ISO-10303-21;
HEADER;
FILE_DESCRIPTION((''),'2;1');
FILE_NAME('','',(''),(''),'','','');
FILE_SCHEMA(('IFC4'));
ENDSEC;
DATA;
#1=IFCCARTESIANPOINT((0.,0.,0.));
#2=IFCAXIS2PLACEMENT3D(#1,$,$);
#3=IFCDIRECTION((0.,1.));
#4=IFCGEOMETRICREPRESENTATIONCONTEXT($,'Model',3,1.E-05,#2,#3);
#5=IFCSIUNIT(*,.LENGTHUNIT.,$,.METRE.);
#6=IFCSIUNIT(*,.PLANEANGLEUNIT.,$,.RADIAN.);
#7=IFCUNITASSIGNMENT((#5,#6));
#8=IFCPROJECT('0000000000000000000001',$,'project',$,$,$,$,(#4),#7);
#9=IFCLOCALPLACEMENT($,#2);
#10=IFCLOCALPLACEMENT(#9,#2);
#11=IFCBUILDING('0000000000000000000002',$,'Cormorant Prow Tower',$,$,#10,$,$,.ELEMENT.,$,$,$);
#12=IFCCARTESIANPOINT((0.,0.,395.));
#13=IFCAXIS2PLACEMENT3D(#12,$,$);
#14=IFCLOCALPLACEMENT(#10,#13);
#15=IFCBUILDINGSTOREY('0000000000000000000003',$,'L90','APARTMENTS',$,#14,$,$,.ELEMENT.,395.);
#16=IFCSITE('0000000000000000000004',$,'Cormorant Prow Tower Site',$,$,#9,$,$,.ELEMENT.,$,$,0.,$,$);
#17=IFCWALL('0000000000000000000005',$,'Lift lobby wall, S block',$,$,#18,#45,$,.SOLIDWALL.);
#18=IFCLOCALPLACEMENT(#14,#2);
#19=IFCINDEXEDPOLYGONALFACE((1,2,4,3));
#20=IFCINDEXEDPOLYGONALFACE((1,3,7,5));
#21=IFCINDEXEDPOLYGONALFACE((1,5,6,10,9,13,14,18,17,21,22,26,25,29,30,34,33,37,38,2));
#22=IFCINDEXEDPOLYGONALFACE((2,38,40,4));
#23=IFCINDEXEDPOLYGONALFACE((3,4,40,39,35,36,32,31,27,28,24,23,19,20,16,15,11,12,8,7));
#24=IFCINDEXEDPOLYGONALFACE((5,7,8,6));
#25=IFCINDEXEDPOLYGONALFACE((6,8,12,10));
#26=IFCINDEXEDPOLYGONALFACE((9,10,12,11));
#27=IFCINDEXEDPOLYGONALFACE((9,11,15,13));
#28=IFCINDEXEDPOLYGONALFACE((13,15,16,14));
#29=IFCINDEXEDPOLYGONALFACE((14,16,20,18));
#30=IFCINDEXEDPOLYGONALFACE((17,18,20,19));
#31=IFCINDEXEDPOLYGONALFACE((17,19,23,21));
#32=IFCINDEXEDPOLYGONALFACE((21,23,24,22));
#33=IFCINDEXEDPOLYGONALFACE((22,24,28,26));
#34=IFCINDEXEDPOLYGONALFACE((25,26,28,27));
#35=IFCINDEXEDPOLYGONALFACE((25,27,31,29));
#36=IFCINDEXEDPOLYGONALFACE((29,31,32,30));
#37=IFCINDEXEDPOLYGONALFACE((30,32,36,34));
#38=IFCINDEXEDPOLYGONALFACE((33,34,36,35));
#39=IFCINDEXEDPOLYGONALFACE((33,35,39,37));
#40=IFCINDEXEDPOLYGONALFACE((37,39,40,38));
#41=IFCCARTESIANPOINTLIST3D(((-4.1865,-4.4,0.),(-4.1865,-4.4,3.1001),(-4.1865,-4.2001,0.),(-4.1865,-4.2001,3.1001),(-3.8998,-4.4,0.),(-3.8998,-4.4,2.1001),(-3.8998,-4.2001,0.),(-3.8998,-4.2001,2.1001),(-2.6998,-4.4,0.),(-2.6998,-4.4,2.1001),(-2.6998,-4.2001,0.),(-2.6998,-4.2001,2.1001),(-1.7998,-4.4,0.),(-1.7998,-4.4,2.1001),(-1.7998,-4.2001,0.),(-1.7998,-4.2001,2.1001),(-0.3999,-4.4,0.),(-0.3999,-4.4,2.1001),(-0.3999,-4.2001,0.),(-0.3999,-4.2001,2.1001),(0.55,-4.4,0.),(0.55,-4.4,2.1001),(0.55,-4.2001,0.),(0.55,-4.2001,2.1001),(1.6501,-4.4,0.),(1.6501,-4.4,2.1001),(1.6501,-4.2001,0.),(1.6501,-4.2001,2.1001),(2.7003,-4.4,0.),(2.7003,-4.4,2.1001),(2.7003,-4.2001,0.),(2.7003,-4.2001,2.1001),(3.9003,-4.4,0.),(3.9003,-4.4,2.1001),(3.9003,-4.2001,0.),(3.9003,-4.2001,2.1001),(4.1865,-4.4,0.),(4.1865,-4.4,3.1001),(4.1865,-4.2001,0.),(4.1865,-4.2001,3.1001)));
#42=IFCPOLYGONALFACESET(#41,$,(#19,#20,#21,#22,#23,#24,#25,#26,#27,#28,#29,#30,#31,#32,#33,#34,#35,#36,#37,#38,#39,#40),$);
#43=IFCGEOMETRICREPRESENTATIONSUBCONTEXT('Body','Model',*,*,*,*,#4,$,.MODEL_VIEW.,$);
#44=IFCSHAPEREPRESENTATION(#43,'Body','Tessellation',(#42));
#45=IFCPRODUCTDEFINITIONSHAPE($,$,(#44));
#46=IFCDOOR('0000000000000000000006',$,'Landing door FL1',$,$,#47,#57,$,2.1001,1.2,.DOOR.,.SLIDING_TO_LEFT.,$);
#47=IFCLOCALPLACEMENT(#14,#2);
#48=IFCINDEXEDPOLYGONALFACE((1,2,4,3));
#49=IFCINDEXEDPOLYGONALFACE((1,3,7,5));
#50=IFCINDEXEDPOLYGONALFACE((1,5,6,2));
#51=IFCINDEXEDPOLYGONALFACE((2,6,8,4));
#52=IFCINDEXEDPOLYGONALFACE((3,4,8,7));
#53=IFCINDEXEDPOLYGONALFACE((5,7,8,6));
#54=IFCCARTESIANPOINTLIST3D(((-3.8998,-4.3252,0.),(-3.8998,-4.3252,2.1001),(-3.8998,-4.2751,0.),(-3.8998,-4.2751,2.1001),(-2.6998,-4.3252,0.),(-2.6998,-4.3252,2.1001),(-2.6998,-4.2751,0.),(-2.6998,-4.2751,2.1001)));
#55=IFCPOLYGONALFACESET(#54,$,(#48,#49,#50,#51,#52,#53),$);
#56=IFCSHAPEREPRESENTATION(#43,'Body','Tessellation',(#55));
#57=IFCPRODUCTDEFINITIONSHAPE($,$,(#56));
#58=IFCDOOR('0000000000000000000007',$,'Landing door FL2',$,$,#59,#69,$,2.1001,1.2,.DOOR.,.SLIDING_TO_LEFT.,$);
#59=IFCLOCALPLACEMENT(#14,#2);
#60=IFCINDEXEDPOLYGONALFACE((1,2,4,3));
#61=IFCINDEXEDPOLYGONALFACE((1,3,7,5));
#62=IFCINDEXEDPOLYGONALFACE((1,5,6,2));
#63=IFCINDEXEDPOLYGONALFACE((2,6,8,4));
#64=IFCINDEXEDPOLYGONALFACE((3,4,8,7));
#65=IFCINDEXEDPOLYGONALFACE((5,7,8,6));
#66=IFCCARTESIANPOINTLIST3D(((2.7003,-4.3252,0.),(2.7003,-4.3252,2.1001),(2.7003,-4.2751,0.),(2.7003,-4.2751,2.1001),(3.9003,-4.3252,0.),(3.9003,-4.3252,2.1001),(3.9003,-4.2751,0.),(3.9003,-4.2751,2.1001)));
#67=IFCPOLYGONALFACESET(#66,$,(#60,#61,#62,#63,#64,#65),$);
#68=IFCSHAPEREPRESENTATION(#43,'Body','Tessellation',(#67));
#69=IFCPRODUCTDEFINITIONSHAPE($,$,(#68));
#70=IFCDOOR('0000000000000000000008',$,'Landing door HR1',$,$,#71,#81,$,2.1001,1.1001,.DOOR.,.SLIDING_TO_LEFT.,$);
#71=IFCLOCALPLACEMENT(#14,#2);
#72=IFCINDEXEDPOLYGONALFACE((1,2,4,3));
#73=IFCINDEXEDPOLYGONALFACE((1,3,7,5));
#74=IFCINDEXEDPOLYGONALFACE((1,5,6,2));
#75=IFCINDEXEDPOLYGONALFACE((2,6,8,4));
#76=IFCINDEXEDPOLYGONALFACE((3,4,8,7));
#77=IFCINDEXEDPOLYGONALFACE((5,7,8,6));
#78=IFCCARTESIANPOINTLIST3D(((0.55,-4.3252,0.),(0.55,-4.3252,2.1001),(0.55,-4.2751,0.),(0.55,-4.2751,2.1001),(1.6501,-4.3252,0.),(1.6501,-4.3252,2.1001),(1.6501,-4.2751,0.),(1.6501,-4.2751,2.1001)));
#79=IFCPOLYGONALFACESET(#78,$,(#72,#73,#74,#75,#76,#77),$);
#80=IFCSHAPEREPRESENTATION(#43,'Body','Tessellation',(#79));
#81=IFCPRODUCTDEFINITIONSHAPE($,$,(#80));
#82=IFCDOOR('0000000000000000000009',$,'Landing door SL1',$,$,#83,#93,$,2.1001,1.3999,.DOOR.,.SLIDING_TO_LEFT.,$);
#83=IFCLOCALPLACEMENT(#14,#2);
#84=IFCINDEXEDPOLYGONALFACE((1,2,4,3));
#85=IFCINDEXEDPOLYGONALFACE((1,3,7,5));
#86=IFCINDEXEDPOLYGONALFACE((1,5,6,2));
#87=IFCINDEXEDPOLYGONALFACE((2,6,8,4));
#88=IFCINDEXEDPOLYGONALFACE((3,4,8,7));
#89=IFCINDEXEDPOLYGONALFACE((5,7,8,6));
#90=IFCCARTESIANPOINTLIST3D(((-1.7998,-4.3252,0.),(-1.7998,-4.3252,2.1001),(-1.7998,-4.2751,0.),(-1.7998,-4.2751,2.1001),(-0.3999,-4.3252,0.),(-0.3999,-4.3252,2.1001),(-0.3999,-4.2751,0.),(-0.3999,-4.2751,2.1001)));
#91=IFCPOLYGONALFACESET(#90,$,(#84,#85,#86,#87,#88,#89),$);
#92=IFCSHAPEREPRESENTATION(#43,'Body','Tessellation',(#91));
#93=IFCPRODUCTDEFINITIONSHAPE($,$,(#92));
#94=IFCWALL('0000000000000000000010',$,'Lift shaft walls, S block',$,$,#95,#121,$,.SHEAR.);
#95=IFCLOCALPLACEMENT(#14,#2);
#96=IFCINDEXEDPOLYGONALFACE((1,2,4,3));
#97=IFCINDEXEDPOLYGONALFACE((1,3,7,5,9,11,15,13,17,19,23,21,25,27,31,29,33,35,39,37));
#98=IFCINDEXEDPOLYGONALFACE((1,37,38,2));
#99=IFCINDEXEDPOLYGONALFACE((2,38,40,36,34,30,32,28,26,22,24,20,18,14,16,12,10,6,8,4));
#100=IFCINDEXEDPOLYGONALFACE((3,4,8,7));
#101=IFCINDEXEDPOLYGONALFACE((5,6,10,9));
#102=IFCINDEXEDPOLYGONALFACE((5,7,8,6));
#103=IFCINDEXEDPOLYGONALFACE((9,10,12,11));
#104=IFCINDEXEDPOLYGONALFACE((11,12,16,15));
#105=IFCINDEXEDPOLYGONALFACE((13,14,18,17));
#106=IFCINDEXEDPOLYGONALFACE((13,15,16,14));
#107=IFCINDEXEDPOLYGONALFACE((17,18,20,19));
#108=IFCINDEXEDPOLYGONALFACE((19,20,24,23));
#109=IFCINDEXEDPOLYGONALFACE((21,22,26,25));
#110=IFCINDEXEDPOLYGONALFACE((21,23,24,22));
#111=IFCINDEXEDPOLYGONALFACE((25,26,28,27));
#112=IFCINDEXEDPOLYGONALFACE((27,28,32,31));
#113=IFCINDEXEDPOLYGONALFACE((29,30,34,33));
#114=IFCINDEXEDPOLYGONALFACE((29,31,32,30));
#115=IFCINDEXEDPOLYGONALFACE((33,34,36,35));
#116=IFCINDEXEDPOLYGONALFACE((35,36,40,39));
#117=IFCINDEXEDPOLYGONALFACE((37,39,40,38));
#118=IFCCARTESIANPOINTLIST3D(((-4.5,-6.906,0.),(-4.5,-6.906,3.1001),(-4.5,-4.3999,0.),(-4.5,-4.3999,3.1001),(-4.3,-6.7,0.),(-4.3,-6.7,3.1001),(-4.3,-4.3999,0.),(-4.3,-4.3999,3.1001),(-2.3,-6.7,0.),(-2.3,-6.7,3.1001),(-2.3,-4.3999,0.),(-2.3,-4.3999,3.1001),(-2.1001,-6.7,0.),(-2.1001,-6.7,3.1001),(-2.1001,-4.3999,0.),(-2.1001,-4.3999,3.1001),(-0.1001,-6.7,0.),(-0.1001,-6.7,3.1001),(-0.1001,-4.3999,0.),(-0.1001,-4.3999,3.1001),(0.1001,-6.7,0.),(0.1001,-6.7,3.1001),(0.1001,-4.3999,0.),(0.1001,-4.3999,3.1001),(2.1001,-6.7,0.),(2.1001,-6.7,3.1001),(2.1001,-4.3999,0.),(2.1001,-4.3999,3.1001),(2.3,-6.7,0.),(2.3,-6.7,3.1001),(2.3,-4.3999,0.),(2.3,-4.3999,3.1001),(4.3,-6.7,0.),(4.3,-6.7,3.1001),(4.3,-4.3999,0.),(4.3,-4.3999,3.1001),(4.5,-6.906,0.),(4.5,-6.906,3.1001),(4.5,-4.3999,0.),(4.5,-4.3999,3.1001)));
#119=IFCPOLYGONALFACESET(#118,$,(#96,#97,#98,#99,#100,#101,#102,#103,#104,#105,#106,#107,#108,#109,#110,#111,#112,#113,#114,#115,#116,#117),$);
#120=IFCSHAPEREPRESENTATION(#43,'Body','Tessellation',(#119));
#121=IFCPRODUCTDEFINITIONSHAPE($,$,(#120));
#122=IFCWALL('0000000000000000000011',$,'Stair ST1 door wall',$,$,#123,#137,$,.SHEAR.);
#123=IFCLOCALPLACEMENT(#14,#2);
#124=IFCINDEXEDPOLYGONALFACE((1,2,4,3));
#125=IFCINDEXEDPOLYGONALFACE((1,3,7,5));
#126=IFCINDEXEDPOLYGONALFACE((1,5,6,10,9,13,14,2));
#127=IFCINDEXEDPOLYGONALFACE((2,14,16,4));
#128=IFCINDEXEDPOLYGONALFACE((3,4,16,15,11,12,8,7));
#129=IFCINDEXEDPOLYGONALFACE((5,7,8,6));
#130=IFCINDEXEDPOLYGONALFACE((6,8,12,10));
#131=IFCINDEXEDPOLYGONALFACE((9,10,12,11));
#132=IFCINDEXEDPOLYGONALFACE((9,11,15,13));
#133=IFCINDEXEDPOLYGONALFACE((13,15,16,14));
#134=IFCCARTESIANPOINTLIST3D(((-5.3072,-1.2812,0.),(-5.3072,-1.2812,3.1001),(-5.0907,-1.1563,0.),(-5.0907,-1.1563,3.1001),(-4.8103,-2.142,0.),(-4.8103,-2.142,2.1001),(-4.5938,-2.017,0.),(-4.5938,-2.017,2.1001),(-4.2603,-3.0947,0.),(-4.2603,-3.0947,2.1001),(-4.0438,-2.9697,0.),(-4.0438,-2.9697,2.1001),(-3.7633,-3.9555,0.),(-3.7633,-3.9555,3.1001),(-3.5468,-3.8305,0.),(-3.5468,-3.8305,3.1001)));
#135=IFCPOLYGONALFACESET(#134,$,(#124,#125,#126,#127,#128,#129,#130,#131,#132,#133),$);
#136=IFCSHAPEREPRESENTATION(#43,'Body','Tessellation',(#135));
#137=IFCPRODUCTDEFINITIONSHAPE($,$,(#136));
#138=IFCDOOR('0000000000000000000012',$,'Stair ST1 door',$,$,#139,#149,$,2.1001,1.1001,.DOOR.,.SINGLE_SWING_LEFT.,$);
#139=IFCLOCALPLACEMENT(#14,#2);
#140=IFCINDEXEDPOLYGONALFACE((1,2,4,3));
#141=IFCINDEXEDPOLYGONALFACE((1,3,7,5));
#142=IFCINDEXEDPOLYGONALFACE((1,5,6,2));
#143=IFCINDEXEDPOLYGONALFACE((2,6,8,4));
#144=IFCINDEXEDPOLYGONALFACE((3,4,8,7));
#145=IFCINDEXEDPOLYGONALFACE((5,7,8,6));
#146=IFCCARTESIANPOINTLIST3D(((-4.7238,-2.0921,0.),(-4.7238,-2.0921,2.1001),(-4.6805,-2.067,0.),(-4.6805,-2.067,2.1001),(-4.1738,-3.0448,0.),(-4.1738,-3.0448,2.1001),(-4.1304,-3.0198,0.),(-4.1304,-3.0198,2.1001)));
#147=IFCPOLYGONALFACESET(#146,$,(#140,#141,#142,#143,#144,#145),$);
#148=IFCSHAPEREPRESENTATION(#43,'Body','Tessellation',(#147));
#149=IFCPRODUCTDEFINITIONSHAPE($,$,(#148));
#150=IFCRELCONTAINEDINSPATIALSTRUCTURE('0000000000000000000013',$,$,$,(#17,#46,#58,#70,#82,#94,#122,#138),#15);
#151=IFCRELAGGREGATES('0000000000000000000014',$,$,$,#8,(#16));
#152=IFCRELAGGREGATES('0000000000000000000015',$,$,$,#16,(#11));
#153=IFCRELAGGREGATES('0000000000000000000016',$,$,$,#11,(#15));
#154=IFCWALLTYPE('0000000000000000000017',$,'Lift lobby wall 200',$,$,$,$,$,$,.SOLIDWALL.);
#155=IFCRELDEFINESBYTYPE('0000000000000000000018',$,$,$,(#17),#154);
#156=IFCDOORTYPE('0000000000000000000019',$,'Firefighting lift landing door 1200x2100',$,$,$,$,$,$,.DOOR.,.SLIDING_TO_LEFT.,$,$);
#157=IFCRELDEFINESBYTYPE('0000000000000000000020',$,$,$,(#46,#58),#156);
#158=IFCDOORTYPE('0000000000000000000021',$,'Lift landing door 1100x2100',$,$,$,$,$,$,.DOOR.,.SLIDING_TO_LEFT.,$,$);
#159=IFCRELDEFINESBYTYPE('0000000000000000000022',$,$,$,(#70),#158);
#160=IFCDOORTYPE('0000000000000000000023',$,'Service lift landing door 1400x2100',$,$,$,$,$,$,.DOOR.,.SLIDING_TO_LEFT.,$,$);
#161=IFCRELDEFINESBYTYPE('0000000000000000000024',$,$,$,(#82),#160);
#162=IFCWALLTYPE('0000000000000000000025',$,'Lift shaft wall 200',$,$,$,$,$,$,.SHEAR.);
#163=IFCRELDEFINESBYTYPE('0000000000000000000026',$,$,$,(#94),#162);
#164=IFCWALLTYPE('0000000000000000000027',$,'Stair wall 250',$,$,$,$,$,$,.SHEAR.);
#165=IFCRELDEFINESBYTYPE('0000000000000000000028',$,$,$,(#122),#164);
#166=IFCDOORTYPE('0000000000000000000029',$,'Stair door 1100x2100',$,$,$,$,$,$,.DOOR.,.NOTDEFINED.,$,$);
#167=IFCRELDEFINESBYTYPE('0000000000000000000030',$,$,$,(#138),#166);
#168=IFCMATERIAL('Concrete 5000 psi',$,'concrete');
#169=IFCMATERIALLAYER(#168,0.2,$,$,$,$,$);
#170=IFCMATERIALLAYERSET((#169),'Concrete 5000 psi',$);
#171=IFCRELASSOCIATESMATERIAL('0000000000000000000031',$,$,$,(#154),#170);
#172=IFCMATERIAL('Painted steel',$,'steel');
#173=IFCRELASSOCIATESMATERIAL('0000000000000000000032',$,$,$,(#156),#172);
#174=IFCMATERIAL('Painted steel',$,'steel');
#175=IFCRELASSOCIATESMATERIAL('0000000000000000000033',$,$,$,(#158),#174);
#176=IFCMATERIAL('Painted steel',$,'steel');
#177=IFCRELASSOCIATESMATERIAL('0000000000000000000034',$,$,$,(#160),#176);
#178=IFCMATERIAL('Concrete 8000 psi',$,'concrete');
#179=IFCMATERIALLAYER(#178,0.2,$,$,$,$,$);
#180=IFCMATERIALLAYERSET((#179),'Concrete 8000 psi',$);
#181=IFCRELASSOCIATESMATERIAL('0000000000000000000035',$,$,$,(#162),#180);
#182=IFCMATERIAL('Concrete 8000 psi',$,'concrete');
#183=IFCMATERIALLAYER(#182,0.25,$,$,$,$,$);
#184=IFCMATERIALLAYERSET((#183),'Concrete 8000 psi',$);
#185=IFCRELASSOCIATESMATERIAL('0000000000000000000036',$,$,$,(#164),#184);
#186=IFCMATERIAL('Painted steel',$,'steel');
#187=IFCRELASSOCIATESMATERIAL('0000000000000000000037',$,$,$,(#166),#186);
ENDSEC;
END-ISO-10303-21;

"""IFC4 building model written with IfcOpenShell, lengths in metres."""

from ifc_helpers import new_model, si_unit, direction, frame, frame_2d, origin, place, context, subcontext, project, spatial, polyline, rectangle, outline, extrude, material, layer, layer_set, type_object, element, fill, save


model = new_model("IFC4")

# Units and contexts
model_context = context("Model", 3, precision=1e-05, world=origin(), true_north=direction((0.0, 1.0)))
body_context = subcontext(model_context, "Body", "Model", "MODEL_VIEW")
ifc_project = project(units=[si_unit("LENGTHUNIT", "METRE"), si_unit("PLANEANGLEUNIT", "RADIAN")], contexts=[model_context])

# Site, building, storey
site_placement = place(None, origin())
site = spatial("IfcSite", under=ifc_project, at=site_placement, Name="Cormorant Prow Tower Site", CompositionType="ELEMENT", RefElevation=0.0)
building_placement = place(site_placement, origin())
building = spatial("IfcBuilding", under=site, at=building_placement, Name="Cormorant Prow Tower", CompositionType="ELEMENT")
storey_placement = place(building_placement, frame((0.0, 0.0, 395.0)))
storey = spatial("IfcBuildingStorey", under=building, at=storey_placement, Name="L90", Description="APARTMENTS", CompositionType="ELEMENT", Elevation=395.0)

# Wall, openings, doors
ifc_material_1 = material(Name="Concrete 5000 psi", Category="concrete")
ifc_layer_1 = layer(ifc_material_1, 0.2)
ifc_layer_set_1 = layer_set([ifc_layer_1], Name="Concrete 5000 psi")
wall_type_1 = type_object("IfcWallType", Name="Lift lobby wall 200", PredefinedType="SOLIDWALL", material=ifc_layer_set_1)
wall_1_placement = place(storey_placement, frame((-4.1865, -4.3, 0.0), z_axis=(0.0, 0.0, 1.0), x_axis=(1.0, 0.0, 0.0)))
wall_1 = element("IfcWall", 1, at=wall_1_placement, inside=storey, type_object=wall_type_1, Name="Lift lobby wall, S block", PredefinedType="SOLIDWALL", context=body_context, shape_type="SweptSolid", body=[
    extrude(rectangle(XDim=8.373, YDim=0.2, at=frame_2d((4.1865, 0.0))), origin(), (0.0, 0.0, 1.0), 3.1001),
])
opening_1_placement = place(wall_1_placement, frame((0.2866, 0.0, 0.0)))
opening_1 = element("IfcOpeningElement", 2, at=opening_1_placement, cuts=wall_1, PredefinedType="OPENING", context=body_context, shape_type="SweptSolid", body=[
    extrude(rectangle(XDim=1.2, YDim=2.1001, at=frame_2d((0.6001, 1.05))), frame((0.0, 0.1099, 0.0), z_axis=(0.0, -1.0, 0.0), x_axis=(1.0, 0.0, 0.0)), (0.0, 0.0, 1.0), 0.22),
])
opening_2_placement = place(wall_1_placement, frame((2.3867, 0.0, 0.0)))
opening_2 = element("IfcOpeningElement", 3, at=opening_2_placement, cuts=wall_1, PredefinedType="OPENING", context=body_context, shape_type="SweptSolid", body=[
    extrude(rectangle(XDim=1.3999, YDim=2.1001, at=frame_2d((0.7, 1.05))), frame((0.0, 0.1099, 0.0), z_axis=(0.0, -1.0, 0.0), x_axis=(1.0, 0.0, 0.0)), (0.0, 0.0, 1.0), 0.22),
])
opening_3_placement = place(wall_1_placement, frame((4.7366, 0.0, 0.0)))
opening_3 = element("IfcOpeningElement", 4, at=opening_3_placement, cuts=wall_1, PredefinedType="OPENING", context=body_context, shape_type="SweptSolid", body=[
    extrude(rectangle(XDim=1.1001, YDim=2.1001, at=frame_2d((0.55, 1.05))), frame((0.0, 0.1099, 0.0), z_axis=(0.0, -1.0, 0.0), x_axis=(1.0, 0.0, 0.0)), (0.0, 0.0, 1.0), 0.22),
])
opening_4_placement = place(wall_1_placement, frame((6.8867, 0.0, 0.0)))
opening_4 = element("IfcOpeningElement", 5, at=opening_4_placement, cuts=wall_1, PredefinedType="OPENING", context=body_context, shape_type="SweptSolid", body=[
    extrude(rectangle(XDim=1.2, YDim=2.1001, at=frame_2d((0.6001, 1.05))), frame((0.0, 0.1099, 0.0), z_axis=(0.0, -1.0, 0.0), x_axis=(1.0, 0.0, 0.0)), (0.0, 0.0, 1.0), 0.22),
])
ifc_material_2 = material(Name="Painted steel", Category="steel")
door_type_1 = type_object("IfcDoorType", Name="Firefighting lift landing door 1200x2100", OperationType="SLIDING_TO_LEFT", PredefinedType="DOOR", material=ifc_material_2)
door_1_placement = place(opening_1_placement, origin())
door_1 = element("IfcDoor", 6, at=door_1_placement, inside=storey, type_object=door_type_1, Name="Landing door FL1", OperationType="SLIDING_TO_LEFT", OverallHeight=2.1001, OverallWidth=1.2, PredefinedType="DOOR", context=body_context, shape_type="SweptSolid", body=[
    extrude(rectangle(XDim=1.2, YDim=2.1001, at=frame_2d((0.6001, 1.05))), frame((0.0, 0.0249, 0.0), z_axis=(0.0, -1.0, 0.0), x_axis=(1.0, 0.0, 0.0)), (0.0, 0.0, 1.0), 0.05),
])
fill(opening_1, door_1)
door_2_placement = place(opening_4_placement, origin())
door_2 = element("IfcDoor", 7, at=door_2_placement, inside=storey, type_object=door_type_1, Name="Landing door FL2", OperationType="SLIDING_TO_LEFT", OverallHeight=2.1001, OverallWidth=1.2, PredefinedType="DOOR", context=body_context, shape_type="SweptSolid", body=[
    extrude(rectangle(XDim=1.2, YDim=2.1001, at=frame_2d((0.6001, 1.05))), frame((0.0, 0.0249, 0.0), z_axis=(0.0, -1.0, 0.0), x_axis=(1.0, 0.0, 0.0)), (0.0, 0.0, 1.0), 0.05),
])
fill(opening_4, door_2)
ifc_material_3 = material(Name="Painted steel", Category="steel")
door_type_2 = type_object("IfcDoorType", Name="Lift landing door 1100x2100", OperationType="SLIDING_TO_LEFT", PredefinedType="DOOR", material=ifc_material_3)
door_3_placement = place(opening_3_placement, origin())
door_3 = element("IfcDoor", 8, at=door_3_placement, inside=storey, type_object=door_type_2, Name="Landing door HR1", OperationType="SLIDING_TO_LEFT", OverallHeight=2.1001, OverallWidth=1.1001, PredefinedType="DOOR", context=body_context, shape_type="SweptSolid", body=[
    extrude(rectangle(XDim=1.1001, YDim=2.1001, at=frame_2d((0.55, 1.05))), frame((0.0, 0.0249, 0.0), z_axis=(0.0, -1.0, 0.0), x_axis=(1.0, 0.0, 0.0)), (0.0, 0.0, 1.0), 0.05),
])
fill(opening_3, door_3)
ifc_material_4 = material(Name="Painted steel", Category="steel")
door_type_3 = type_object("IfcDoorType", Name="Service lift landing door 1400x2100", OperationType="SLIDING_TO_LEFT", PredefinedType="DOOR", material=ifc_material_4)
door_4_placement = place(opening_2_placement, origin())
door_4 = element("IfcDoor", 9, at=door_4_placement, inside=storey, type_object=door_type_3, Name="Landing door SL1", OperationType="SLIDING_TO_LEFT", OverallHeight=2.1001, OverallWidth=1.3999, PredefinedType="DOOR", context=body_context, shape_type="SweptSolid", body=[
    extrude(rectangle(XDim=1.3999, YDim=2.1001, at=frame_2d((0.7, 1.05))), frame((0.0, 0.0249, 0.0), z_axis=(0.0, -1.0, 0.0), x_axis=(1.0, 0.0, 0.0)), (0.0, 0.0, 1.0), 0.05),
])
fill(opening_2, door_4)

# Wall
ifc_material_5 = material(Name="Concrete 8000 psi", Category="concrete")
ifc_layer_2 = layer(ifc_material_5, 0.2)
ifc_layer_set_2 = layer_set([ifc_layer_2], Name="Concrete 8000 psi")
wall_type_2 = type_object("IfcWallType", Name="Lift shaft wall 200", PredefinedType="SHEAR", material=ifc_layer_set_2)
wall_2_placement = place(storey_placement, origin())
element("IfcWall", 10, at=wall_2_placement, inside=storey, type_object=wall_type_2, Name="Lift shaft walls, S block", PredefinedType="SHEAR", context=body_context, shape_type="SweptSolid", body=[
    extrude(outline(polyline([(4.5, -4.3999), (4.5, -6.906), (-4.5, -6.906), (-4.5, -4.3999), (-4.3, -4.3999), (-4.3, -6.7), (-2.3, -6.7), (-2.3, -4.3999), (-2.1001, -4.3999), (-2.1001, -6.7), (-0.1001, -6.7), (-0.1001, -4.3999), (0.1001, -4.3999), (0.1001, -6.7), (2.1001, -6.7), (2.1001, -4.3999), (2.3, -4.3999), (2.3, -6.7), (4.3, -6.7), (4.3, -4.3999), (4.5, -4.3999)])), origin(), (0.0, 0.0, 1.0), 3.1001),
])

# Wall, opening, door
ifc_material_6 = material(Name="Concrete 8000 psi", Category="concrete")
ifc_layer_3 = layer(ifc_material_6, 0.25)
ifc_layer_set_3 = layer_set([ifc_layer_3], Name="Concrete 8000 psi")
wall_type_3 = type_object("IfcWallType", Name="Stair wall 250", PredefinedType="SHEAR", material=ifc_layer_set_3)
wall_3_placement = place(storey_placement, frame((-5.199, -1.2188, 0.0), z_axis=(0.0, 0.0, 1.0), x_axis=(0.499983, -0.866035, 0.0)))
wall_3 = element("IfcWall", 11, at=wall_3_placement, inside=storey, type_object=wall_type_3, Name="Stair ST1 door wall", PredefinedType="SHEAR", context=body_context, shape_type="SweptSolid", body=[
    extrude(rectangle(XDim=3.0879, YDim=0.25, at=frame_2d((1.5439, 0.0))), origin(), (0.0, 0.0, 1.0), 3.1001),
])
opening_5_placement = place(wall_3_placement, frame((0.9939, 0.0, 0.0)))
opening_5 = element("IfcOpeningElement", 12, at=opening_5_placement, cuts=wall_3, PredefinedType="OPENING", context=body_context, shape_type="SweptSolid", body=[
    extrude(rectangle(XDim=1.1001, YDim=2.1001, at=frame_2d((0.55, 1.05))), frame((0.0, 0.135, 0.0), z_axis=(0.0, -1.0, 0.0), x_axis=(1.0, 0.0, 0.0)), (0.0, 0.0, 1.0), 0.27),
])
ifc_material_7 = material(Name="Painted steel", Category="steel")
door_type_4 = type_object("IfcDoorType", Name="Stair door 1100x2100", OperationType="NOTDEFINED", PredefinedType="DOOR", material=ifc_material_7)
door_5_placement = place(opening_5_placement, origin())
door_5 = element("IfcDoor", 13, at=door_5_placement, inside=storey, type_object=door_type_4, Name="Stair ST1 door", OperationType="SINGLE_SWING_LEFT", OverallHeight=2.1001, OverallWidth=1.1001, PredefinedType="DOOR", context=body_context, shape_type="SweptSolid", body=[
    extrude(rectangle(XDim=1.1001, YDim=2.1001, at=frame_2d((0.55, 1.05))), frame((0.0, 0.0249, 0.0), z_axis=(0.0, -1.0, 0.0), x_axis=(1.0, 0.0, 0.0)), (0.0, 0.0, 1.0), 0.05),
])
fill(opening_5, door_5)

save(model, "model.ifc")
